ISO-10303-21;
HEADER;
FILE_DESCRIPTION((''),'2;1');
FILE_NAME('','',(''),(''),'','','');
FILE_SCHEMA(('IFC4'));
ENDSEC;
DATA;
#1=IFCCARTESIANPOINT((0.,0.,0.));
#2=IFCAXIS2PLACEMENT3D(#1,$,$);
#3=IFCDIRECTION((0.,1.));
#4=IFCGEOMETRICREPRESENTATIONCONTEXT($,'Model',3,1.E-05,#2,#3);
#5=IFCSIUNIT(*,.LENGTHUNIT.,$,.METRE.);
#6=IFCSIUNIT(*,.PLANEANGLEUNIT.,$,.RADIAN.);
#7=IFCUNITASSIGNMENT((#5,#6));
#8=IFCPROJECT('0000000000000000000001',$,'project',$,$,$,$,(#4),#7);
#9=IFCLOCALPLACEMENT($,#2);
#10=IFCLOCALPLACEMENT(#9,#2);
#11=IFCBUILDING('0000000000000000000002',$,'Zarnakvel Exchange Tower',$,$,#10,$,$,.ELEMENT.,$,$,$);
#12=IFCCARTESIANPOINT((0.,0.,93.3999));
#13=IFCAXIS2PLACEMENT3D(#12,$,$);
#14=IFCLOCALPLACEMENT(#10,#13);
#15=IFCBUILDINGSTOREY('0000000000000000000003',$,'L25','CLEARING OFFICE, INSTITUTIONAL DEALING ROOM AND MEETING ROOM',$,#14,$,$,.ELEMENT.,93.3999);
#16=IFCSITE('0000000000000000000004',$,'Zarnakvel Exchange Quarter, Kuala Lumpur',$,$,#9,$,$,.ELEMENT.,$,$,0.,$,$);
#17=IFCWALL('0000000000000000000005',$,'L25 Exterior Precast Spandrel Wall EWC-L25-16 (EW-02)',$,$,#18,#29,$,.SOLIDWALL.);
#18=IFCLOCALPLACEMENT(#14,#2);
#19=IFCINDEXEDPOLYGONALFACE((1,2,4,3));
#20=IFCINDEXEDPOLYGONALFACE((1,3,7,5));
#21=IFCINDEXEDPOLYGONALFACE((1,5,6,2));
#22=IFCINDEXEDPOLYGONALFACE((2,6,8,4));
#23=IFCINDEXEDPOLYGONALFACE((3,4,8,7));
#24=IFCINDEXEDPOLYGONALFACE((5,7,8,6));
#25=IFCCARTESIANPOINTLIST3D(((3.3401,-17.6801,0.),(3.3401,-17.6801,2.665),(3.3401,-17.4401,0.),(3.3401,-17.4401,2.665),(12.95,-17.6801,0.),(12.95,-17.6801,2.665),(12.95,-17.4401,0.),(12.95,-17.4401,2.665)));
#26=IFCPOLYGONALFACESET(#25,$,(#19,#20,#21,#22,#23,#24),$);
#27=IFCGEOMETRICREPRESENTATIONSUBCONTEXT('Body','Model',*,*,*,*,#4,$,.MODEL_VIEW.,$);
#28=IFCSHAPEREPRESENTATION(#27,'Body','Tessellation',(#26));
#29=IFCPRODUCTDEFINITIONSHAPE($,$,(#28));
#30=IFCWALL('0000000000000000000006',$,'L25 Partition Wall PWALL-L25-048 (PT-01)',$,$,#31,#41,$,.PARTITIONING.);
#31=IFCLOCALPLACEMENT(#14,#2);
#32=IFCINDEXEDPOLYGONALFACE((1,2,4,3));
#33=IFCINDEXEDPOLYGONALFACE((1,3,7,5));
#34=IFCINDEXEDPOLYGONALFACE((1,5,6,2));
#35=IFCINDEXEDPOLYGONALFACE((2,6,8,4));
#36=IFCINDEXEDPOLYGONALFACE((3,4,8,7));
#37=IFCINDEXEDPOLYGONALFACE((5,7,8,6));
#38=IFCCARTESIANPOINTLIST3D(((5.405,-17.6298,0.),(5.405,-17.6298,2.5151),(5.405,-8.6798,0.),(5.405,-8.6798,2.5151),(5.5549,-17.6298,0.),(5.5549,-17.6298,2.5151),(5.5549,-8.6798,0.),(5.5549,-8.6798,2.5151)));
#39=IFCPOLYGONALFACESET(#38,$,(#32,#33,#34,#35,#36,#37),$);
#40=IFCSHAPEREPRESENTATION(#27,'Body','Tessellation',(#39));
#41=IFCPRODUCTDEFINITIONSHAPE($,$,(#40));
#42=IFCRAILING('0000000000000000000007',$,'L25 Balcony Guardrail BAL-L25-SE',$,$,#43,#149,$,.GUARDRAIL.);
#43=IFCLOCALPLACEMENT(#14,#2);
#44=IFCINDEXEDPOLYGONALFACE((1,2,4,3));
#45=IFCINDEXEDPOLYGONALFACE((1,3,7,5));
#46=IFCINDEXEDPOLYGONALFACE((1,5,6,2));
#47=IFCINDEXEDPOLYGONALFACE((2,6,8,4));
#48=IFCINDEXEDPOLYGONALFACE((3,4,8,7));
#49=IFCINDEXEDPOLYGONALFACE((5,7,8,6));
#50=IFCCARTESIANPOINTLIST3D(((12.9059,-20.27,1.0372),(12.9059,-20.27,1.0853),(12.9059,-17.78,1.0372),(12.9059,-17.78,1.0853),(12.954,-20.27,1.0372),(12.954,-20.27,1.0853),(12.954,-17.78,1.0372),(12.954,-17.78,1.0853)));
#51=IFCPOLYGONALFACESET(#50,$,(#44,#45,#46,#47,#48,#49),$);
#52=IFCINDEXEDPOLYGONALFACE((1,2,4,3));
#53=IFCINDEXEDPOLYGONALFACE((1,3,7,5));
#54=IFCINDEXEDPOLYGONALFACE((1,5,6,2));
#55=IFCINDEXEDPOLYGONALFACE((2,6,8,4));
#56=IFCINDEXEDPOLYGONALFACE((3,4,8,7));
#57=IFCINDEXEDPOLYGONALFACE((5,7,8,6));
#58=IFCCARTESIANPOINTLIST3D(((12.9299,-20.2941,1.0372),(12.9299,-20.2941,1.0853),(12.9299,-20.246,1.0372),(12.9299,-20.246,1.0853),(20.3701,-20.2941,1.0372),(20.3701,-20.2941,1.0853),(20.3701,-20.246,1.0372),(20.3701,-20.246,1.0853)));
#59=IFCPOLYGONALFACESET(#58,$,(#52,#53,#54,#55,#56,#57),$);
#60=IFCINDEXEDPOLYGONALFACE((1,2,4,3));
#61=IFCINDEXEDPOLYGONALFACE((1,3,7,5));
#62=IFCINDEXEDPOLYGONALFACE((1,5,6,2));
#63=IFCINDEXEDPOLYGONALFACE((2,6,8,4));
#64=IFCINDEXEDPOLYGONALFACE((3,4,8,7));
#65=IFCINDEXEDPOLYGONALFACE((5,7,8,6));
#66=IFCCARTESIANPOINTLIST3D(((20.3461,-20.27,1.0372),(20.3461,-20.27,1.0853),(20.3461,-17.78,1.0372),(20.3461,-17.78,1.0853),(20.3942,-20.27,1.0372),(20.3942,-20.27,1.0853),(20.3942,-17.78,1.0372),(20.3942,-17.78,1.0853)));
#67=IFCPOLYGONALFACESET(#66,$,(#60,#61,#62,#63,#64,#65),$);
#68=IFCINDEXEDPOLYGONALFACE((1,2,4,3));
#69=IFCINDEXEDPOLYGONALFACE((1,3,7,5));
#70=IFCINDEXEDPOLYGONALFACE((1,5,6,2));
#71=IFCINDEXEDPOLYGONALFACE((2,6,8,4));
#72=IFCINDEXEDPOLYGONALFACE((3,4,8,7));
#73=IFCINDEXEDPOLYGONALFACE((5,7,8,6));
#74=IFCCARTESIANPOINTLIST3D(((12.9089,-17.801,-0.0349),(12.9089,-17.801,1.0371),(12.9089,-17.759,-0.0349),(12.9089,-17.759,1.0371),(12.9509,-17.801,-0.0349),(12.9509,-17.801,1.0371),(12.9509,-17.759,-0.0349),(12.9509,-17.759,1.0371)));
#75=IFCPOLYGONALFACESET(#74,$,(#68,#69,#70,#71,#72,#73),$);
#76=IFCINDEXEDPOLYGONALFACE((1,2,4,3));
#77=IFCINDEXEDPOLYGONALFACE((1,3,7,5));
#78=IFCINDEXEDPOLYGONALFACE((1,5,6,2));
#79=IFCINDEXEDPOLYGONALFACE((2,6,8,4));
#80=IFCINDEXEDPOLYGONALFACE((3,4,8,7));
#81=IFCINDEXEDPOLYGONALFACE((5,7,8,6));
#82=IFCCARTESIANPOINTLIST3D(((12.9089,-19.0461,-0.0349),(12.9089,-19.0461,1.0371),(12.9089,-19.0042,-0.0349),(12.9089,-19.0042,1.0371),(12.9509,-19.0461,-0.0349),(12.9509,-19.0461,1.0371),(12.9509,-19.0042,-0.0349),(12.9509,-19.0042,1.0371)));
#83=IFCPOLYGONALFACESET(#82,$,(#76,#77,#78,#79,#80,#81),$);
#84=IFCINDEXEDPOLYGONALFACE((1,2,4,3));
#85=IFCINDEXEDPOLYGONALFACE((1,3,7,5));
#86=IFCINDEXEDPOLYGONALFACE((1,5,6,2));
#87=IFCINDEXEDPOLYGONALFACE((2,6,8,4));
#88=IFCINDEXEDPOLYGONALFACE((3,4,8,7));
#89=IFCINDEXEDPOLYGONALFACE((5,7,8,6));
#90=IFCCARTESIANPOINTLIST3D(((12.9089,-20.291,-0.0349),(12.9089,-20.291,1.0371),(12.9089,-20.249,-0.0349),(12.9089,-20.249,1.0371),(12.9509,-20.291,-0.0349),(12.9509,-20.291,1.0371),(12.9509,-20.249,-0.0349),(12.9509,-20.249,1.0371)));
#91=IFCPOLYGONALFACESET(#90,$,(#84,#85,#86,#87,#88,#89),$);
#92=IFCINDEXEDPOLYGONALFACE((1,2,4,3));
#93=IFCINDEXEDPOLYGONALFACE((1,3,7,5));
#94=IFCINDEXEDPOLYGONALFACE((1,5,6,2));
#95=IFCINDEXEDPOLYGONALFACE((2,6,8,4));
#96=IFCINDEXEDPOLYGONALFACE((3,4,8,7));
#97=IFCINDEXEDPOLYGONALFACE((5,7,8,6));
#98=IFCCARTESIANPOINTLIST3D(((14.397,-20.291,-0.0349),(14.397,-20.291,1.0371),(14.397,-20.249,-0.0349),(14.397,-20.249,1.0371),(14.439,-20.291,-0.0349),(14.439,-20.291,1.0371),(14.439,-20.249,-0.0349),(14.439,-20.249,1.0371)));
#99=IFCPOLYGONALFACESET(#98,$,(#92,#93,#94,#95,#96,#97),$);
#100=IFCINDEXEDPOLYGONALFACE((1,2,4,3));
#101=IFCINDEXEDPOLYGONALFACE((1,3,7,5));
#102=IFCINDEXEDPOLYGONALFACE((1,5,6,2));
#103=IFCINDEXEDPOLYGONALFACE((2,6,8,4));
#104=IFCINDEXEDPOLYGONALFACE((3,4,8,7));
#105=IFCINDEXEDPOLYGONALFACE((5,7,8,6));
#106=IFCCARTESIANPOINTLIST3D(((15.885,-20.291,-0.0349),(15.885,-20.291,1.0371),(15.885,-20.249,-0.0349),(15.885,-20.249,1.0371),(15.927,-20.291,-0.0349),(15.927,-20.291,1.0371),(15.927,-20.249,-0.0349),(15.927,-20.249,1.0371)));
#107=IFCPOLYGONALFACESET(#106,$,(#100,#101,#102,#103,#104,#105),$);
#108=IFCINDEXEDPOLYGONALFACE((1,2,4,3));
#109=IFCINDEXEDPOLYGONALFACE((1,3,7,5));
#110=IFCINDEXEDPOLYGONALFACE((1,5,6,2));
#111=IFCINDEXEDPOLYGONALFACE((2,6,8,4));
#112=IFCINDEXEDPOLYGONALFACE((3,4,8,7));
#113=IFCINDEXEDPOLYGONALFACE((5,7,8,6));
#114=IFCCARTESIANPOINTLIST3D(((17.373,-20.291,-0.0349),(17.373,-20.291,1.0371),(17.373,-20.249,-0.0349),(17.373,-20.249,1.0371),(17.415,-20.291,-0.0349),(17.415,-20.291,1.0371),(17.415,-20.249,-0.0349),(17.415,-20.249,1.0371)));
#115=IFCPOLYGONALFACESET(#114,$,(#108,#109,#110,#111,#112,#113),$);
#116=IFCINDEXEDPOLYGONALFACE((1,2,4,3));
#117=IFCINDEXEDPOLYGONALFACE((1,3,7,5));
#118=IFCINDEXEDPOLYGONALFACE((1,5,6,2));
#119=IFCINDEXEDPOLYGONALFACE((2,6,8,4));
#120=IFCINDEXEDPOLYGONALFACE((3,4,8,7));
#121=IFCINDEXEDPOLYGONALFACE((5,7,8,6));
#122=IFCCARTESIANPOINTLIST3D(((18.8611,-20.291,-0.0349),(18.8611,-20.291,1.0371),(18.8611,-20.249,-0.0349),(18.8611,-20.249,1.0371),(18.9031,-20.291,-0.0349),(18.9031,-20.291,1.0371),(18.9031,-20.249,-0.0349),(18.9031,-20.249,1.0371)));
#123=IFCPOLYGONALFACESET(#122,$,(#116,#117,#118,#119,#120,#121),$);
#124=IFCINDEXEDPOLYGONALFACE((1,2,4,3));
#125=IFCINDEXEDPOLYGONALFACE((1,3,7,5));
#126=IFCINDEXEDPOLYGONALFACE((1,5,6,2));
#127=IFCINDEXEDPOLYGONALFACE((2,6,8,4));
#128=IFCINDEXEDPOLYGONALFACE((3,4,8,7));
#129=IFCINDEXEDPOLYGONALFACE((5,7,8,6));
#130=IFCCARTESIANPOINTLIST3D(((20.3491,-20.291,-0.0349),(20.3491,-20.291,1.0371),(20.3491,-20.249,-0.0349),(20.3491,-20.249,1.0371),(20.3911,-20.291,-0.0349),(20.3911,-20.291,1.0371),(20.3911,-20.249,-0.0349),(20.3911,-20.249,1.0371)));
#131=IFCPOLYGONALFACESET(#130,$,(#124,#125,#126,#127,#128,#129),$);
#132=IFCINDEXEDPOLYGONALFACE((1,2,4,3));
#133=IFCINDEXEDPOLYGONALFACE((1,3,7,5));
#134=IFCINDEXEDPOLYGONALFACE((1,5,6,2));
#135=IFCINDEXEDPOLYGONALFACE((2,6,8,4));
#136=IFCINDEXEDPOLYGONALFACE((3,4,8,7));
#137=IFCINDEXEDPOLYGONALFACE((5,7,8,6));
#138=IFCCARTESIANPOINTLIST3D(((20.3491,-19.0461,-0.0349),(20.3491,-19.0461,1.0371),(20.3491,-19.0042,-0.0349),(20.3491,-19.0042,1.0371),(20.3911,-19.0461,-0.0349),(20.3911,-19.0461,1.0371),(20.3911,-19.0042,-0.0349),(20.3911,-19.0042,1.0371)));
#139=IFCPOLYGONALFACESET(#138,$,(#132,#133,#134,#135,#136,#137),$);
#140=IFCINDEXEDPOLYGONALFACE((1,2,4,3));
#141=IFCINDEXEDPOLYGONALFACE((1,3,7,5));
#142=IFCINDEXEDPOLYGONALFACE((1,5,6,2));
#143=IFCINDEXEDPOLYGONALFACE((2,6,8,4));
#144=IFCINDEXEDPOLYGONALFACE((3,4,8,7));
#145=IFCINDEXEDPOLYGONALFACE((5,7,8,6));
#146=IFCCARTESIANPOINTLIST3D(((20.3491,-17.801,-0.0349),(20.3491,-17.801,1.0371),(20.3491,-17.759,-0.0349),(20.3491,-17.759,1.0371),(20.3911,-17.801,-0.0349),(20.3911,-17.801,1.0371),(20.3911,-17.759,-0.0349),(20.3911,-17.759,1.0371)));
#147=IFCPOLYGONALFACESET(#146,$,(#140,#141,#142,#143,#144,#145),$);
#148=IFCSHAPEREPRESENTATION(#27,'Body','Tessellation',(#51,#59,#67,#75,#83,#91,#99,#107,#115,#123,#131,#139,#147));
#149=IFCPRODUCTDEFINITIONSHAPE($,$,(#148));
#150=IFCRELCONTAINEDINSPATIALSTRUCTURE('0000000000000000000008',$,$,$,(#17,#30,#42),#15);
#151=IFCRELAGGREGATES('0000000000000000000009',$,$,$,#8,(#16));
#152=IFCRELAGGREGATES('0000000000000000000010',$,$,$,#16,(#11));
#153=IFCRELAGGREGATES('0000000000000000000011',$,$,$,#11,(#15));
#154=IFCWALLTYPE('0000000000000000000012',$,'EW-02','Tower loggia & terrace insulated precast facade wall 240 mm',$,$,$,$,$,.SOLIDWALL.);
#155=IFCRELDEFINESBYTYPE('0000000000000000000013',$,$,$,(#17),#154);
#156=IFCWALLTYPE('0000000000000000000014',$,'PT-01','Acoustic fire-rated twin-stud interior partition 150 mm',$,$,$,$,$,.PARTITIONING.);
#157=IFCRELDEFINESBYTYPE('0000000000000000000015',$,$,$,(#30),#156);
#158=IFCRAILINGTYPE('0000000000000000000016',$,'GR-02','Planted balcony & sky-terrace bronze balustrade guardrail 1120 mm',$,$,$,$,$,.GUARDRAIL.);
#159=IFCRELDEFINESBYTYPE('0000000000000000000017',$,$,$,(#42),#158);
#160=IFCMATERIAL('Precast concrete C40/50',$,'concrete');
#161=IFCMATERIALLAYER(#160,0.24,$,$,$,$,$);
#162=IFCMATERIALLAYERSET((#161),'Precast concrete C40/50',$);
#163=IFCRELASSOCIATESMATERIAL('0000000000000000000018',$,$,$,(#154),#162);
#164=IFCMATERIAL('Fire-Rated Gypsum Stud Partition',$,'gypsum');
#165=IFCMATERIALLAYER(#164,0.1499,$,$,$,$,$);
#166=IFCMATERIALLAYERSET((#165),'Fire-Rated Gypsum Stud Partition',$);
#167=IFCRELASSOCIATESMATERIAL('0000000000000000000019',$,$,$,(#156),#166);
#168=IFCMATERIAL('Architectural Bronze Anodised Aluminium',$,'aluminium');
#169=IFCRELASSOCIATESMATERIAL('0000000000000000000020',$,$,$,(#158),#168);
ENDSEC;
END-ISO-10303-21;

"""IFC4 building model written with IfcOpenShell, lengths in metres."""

from ifc_helpers import new_model, si_unit, direction, frame, frame_2d, origin, origin_2d, place, context, subcontext, project, spatial, rectangle, extrude, material, layer, layer_set, type_object, element, save


model = new_model("IFC4")

# Units and contexts
model_context = context("Model", 3, precision=1e-05, world=origin(), true_north=direction((0.0, 1.0)))
body_context = subcontext(model_context, "Body", "Model", "MODEL_VIEW")
ifc_project = project(units=[si_unit("LENGTHUNIT", "METRE"), si_unit("PLANEANGLEUNIT", "RADIAN")], contexts=[model_context])

# Site, building, storey
site_placement = place(None, origin())
site = spatial("IfcSite", under=ifc_project, at=site_placement, Name="Zarnakvel Exchange Quarter, Kuala Lumpur", CompositionType="ELEMENT", RefElevation=0.0)
building_placement = place(site_placement, origin())
building = spatial("IfcBuilding", under=site, at=building_placement, Name="Zarnakvel Exchange Tower", CompositionType="ELEMENT")
storey_placement = place(building_placement, frame((0.0, 0.0, 93.3999)))
storey = spatial("IfcBuildingStorey", under=building, at=storey_placement, Name="L25", Description="CLEARING OFFICE, INSTITUTIONAL DEALING ROOM AND MEETING ROOM", CompositionType="ELEMENT", Elevation=93.3999)

# Shared definitions
ifc_material_1 = material(Name="Architectural Bronze Anodised Aluminium", Category="aluminium")

# Walls
ifc_material_2 = material(Name="Precast concrete C40/50", Category="concrete")
ifc_layer_1 = layer(ifc_material_2, 0.24)
ifc_layer_set_1 = layer_set([ifc_layer_1], Name="Precast concrete C40/50")
wall_type_1 = type_object("IfcWallType", Name="EW-02", Description="Tower loggia & terrace insulated precast facade wall 240 mm", PredefinedType="SOLIDWALL", material=ifc_layer_set_1)
wall_1_placement = place(storey_placement, frame((3.3401, -17.5601, 0.0), z_axis=(0.0, 0.0, 1.0), x_axis=(1.0, 0.0, 0.0)))
element("IfcWall", 1, at=wall_1_placement, inside=storey, type_object=wall_type_1, Name="L25 Exterior Precast Spandrel Wall EWC-L25-16 (EW-02)", PredefinedType="SOLIDWALL", context=body_context, shape_type="SweptSolid", body=[
    extrude(rectangle(XDim=9.6099, YDim=0.24, at=frame_2d((4.8049, 0.0))), origin(), (0.0, 0.0, 1.0), 2.665),
])
ifc_material_3 = material(Name="Fire-Rated Gypsum Stud Partition", Category="gypsum")
ifc_layer_2 = layer(ifc_material_3, 0.1499)
ifc_layer_set_2 = layer_set([ifc_layer_2], Name="Fire-Rated Gypsum Stud Partition")
wall_type_2 = type_object("IfcWallType", Name="PT-01", Description="Acoustic fire-rated twin-stud interior partition 150 mm", PredefinedType="PARTITIONING", material=ifc_layer_set_2)
wall_2_placement = place(storey_placement, frame((5.48, -17.6299, 0.0), z_axis=(0.0, 0.0, 1.0), x_axis=(0.0, 1.0, 0.0)))
element("IfcWall", 2, at=wall_2_placement, inside=storey, type_object=wall_type_2, Name="L25 Partition Wall PWALL-L25-048 (PT-01)", PredefinedType="PARTITIONING", context=body_context, shape_type="SweptSolid", body=[
    extrude(rectangle(XDim=8.95, YDim=0.1499, at=frame_2d((4.4751, 0.0))), origin(), (0.0, 0.0, 1.0), 2.5151),
])

# Railing
railing_type = type_object("IfcRailingType", Name="GR-02", Description="Planted balcony & sky-terrace bronze balustrade guardrail 1120 mm", PredefinedType="GUARDRAIL", material=ifc_material_1)
railing_placement = place(storey_placement, frame((12.9299, -17.78, -0.0349)))
element("IfcRailing", 3, at=railing_placement, inside=storey, type_object=railing_type, Name="L25 Balcony Guardrail BAL-L25-SE", PredefinedType="GUARDRAIL", context=body_context, shape_type="SweptSolid", body=[
    extrude(rectangle(XDim=0.0481, YDim=0.0481, at=origin_2d()), frame((0.0, 0.0, 1.0962), z_axis=(0.0, -1.0, 0.0), x_axis=(1.0, 0.0, 0.0)), (0.0, 0.0, 1.0), 2.49),
    extrude(rectangle(XDim=0.0481, YDim=0.0481, at=origin_2d()), frame((0.0, -2.49, 1.0962), z_axis=(1.0, 0.0, 0.0), x_axis=(0.0, 1.0, 0.0)), (0.0, 0.0, 1.0), 7.4402),
    extrude(rectangle(XDim=0.0481, YDim=0.0481, at=origin_2d()), frame((7.4402, -2.49, 1.0962), z_axis=(0.0, 1.0, 0.0), x_axis=(-1.0, 0.0, 0.0)), (0.0, 0.0, 1.0), 2.49),
    extrude(rectangle(XDim=0.042, YDim=0.042, at=origin_2d()), origin(), (0.0, 0.0, 1.0), 1.072),
    extrude(rectangle(XDim=0.042, YDim=0.042, at=origin_2d()), frame((0.0, -1.2451, 0.0)), (0.0, 0.0, 1.0), 1.072),
    extrude(rectangle(XDim=0.042, YDim=0.042, at=origin_2d()), frame((0.0, -2.49, 0.0)), (0.0, 0.0, 1.0), 1.072),
    extrude(rectangle(XDim=0.042, YDim=0.042, at=origin_2d()), frame((1.488, -2.49, 0.0)), (0.0, 0.0, 1.0), 1.072),
    extrude(rectangle(XDim=0.042, YDim=0.042, at=origin_2d()), frame((2.9761, -2.49, 0.0)), (0.0, 0.0, 1.0), 1.072),
    extrude(rectangle(XDim=0.042, YDim=0.042, at=origin_2d()), frame((4.4641, -2.49, 0.0)), (0.0, 0.0, 1.0), 1.072),
    extrude(rectangle(XDim=0.042, YDim=0.042, at=origin_2d()), frame((5.9521, -2.49, 0.0)), (0.0, 0.0, 1.0), 1.072),
    extrude(rectangle(XDim=0.042, YDim=0.042, at=origin_2d()), frame((7.4402, -2.49, 0.0)), (0.0, 0.0, 1.0), 1.072),
    extrude(rectangle(XDim=0.042, YDim=0.042, at=origin_2d()), frame((7.4402, -1.2451, 0.0)), (0.0, 0.0, 1.0), 1.072),
    extrude(rectangle(XDim=0.042, YDim=0.042, at=origin_2d()), frame((7.4402, 0.0, 0.0)), (0.0, 0.0, 1.0), 1.072),
])

save(model, "model.ifc")
